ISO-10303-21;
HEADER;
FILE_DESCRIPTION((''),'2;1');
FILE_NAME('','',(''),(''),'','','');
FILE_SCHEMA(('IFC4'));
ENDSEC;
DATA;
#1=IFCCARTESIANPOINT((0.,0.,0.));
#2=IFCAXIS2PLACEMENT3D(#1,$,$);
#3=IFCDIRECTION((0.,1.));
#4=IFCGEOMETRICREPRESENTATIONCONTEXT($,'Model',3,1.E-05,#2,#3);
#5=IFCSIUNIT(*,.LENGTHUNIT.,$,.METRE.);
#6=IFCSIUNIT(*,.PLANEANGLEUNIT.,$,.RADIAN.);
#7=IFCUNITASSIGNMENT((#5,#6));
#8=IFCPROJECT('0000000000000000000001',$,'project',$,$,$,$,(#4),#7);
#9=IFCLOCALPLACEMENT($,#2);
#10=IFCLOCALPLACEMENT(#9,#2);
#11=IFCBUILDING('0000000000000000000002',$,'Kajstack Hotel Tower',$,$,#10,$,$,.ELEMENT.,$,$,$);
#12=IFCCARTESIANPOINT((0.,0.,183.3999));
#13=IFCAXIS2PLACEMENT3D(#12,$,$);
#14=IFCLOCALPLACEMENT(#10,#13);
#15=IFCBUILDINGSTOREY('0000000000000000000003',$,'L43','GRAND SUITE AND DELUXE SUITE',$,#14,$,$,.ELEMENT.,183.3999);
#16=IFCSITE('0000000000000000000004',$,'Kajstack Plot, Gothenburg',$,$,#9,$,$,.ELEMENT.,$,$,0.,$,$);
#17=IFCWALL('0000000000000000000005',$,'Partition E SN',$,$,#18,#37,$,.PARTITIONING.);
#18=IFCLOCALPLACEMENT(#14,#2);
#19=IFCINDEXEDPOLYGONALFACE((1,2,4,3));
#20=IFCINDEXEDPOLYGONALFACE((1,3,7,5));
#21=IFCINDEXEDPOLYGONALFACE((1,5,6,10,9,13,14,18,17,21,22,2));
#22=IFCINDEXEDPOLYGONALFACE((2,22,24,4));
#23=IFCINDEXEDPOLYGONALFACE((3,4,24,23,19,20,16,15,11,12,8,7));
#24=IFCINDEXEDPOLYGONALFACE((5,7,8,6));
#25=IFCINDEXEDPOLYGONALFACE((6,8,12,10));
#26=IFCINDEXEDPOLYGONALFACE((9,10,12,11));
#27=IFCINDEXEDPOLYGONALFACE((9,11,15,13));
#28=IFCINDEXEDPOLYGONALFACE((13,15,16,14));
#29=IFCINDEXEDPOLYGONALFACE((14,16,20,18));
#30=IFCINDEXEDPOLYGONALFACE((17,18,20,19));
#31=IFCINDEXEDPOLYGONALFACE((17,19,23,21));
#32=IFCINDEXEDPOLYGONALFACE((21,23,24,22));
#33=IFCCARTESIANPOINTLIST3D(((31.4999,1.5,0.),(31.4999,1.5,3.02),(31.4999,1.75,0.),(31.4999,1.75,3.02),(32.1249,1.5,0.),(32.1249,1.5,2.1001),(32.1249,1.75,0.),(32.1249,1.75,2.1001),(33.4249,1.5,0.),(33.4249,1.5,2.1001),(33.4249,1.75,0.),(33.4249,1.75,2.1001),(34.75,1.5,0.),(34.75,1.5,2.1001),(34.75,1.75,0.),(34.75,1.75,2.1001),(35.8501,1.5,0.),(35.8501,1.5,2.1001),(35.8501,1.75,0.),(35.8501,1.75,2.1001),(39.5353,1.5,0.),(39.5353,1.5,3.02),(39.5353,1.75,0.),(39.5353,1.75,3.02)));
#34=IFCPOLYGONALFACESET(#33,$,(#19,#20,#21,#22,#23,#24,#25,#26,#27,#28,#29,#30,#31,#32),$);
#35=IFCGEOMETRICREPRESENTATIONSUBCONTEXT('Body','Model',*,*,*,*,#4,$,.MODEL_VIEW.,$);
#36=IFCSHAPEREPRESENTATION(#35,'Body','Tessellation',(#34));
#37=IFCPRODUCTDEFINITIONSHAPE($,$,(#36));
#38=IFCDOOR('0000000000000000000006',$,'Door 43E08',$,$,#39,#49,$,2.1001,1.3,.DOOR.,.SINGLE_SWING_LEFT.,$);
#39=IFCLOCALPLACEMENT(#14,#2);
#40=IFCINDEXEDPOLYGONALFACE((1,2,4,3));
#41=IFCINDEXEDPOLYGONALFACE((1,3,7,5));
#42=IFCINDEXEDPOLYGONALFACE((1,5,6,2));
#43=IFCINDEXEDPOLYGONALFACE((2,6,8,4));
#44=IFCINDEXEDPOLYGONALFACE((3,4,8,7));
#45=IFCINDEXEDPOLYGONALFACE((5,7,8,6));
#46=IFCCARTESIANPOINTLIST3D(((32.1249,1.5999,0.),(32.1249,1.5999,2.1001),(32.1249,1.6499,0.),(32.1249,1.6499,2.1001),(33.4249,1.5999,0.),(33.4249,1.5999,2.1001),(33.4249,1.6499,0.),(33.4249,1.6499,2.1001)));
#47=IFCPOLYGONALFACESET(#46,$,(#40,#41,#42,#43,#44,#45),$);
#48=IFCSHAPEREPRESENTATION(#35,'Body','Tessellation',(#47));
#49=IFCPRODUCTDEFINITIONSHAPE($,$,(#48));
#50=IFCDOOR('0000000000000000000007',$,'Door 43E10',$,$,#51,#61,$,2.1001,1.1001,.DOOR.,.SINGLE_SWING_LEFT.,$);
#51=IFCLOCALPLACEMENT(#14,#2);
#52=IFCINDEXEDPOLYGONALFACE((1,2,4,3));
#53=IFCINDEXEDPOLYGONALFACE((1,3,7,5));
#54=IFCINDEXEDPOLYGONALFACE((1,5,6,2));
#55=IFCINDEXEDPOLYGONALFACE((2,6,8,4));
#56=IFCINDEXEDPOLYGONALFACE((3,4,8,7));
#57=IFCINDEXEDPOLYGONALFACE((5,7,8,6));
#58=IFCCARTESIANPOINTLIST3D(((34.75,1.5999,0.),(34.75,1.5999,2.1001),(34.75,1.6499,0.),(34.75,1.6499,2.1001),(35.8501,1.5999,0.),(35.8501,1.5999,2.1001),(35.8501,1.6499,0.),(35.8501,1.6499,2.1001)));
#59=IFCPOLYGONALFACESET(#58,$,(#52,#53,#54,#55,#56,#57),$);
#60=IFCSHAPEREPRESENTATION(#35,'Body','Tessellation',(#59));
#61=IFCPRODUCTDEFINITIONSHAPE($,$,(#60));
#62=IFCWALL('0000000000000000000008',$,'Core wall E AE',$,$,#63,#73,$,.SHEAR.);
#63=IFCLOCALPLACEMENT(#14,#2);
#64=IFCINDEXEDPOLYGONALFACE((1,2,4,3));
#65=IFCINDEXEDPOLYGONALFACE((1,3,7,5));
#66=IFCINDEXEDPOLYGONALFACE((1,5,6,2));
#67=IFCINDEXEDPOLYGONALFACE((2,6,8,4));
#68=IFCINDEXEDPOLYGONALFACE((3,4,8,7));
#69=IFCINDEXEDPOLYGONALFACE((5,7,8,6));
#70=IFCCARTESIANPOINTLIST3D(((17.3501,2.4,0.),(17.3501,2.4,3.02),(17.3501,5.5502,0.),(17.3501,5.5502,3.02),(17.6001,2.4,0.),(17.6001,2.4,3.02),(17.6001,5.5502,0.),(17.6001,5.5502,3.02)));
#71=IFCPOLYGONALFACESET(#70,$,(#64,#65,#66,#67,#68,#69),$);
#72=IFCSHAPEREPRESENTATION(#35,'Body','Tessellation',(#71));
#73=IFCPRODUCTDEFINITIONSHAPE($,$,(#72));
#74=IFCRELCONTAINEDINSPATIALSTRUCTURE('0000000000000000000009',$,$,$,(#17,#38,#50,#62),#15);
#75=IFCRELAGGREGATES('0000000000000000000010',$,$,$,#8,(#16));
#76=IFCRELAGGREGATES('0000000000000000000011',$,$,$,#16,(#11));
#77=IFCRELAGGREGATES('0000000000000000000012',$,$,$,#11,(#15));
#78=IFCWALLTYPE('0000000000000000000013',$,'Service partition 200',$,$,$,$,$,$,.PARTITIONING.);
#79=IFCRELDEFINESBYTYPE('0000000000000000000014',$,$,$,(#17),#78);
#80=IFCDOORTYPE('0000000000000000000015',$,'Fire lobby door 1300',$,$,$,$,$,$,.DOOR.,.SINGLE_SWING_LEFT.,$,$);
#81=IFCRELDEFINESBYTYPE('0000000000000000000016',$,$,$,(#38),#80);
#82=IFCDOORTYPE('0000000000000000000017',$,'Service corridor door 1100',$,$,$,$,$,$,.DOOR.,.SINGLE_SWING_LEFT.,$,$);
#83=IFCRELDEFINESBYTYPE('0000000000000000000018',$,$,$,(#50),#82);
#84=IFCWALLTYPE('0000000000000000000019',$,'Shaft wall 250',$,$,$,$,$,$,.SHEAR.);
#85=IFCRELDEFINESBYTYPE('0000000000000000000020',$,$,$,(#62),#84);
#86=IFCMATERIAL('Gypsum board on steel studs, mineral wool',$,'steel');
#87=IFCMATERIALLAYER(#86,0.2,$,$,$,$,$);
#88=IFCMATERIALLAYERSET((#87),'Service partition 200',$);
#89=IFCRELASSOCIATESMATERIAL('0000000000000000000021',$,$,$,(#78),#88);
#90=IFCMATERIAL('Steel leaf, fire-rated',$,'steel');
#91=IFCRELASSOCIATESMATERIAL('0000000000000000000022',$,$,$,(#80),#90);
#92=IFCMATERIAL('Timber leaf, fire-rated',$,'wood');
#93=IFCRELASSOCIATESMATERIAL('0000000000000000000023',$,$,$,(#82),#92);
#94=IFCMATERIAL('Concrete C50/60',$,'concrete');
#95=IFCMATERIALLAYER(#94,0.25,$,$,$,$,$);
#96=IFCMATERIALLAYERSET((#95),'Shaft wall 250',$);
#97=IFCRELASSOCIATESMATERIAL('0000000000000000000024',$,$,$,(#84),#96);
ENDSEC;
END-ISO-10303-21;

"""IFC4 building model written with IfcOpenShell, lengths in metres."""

from ifc_helpers import new_model, si_unit, direction, frame, frame_2d, origin, place, context, subcontext, project, spatial, rectangle, extrude, material, layer, layer_set, type_object, element, fill, save


model = new_model("IFC4")

# Units and contexts
model_context = context("Model", 3, precision=1e-05, world=origin(), true_north=direction((0.0, 1.0)))
body_context = subcontext(model_context, "Body", "Model", "MODEL_VIEW")
ifc_project = project(units=[si_unit("LENGTHUNIT", "METRE"), si_unit("PLANEANGLEUNIT", "RADIAN")], contexts=[model_context])

# Site, building, storey
site_placement = place(None, origin())
site = spatial("IfcSite", under=ifc_project, at=site_placement, Name="Kajstack Plot, Gothenburg", CompositionType="ELEMENT", RefElevation=0.0)
building_placement = place(site_placement, origin())
building = spatial("IfcBuilding", under=site, at=building_placement, Name="Kajstack Hotel Tower", CompositionType="ELEMENT")
storey_placement = place(building_placement, frame((0.0, 0.0, 183.3999)))
storey = spatial("IfcBuildingStorey", under=building, at=storey_placement, Name="L43", Description="GRAND SUITE AND DELUXE SUITE", CompositionType="ELEMENT", Elevation=183.3999)

# Shared definitions
ifc_material_1 = material(Name="Concrete C50/60", Category="concrete")

# Wall, openings, doors
ifc_material_2 = material(Name="Gypsum board on steel studs, mineral wool", Category="steel")
ifc_layer_1 = layer(ifc_material_2, 0.2)
ifc_layer_set_1 = layer_set([ifc_layer_1], Name="Service partition 200")
wall_type_1 = type_object("IfcWallType", Name="Service partition 200", PredefinedType="PARTITIONING", material=ifc_layer_set_1)
wall_1_placement = place(storey_placement, frame((31.5, 1.625, 0.0), z_axis=(0.0, 0.0, 1.0), x_axis=(1.0, 0.0, 0.0)))
wall_1 = element("IfcWall", 1, at=wall_1_placement, inside=storey, type_object=wall_type_1, Name="Partition E SN", PredefinedType="PARTITIONING", context=body_context, shape_type="SweptSolid", body=[
    extrude(rectangle(XDim=8.0354, YDim=0.25, at=frame_2d((4.0176, 0.0))), origin(), (0.0, 0.0, 1.0), 3.02),
])
opening_1_placement = place(wall_1_placement, frame((0.625, 0.0, 0.0)))
opening_1 = element("IfcOpeningElement", 2, at=opening_1_placement, cuts=wall_1, PredefinedType="OPENING", context=body_context, shape_type="SweptSolid", body=[
    extrude(rectangle(XDim=1.3, YDim=2.1001, at=frame_2d((0.6499, 1.05))), frame((0.0, 0.135, 0.0), z_axis=(0.0, -1.0, 0.0), x_axis=(1.0, 0.0, 0.0)), (0.0, 0.0, 1.0), 0.27),
])
opening_2_placement = place(wall_1_placement, frame((3.25, 0.0, 0.0)))
opening_2 = element("IfcOpeningElement", 3, at=opening_2_placement, cuts=wall_1, PredefinedType="OPENING", context=body_context, shape_type="SweptSolid", body=[
    extrude(rectangle(XDim=1.1001, YDim=2.1001, at=frame_2d((0.55, 1.05))), frame((0.0, 0.135, 0.0), z_axis=(0.0, -1.0, 0.0), x_axis=(1.0, 0.0, 0.0)), (0.0, 0.0, 1.0), 0.27),
])
ifc_material_3 = material(Name="Steel leaf, fire-rated", Category="steel")
door_type_1 = type_object("IfcDoorType", Name="Fire lobby door 1300", OperationType="SINGLE_SWING_LEFT", PredefinedType="DOOR", material=ifc_material_3)
door_1_placement = place(opening_1_placement, origin())
door_1 = element("IfcDoor", 4, at=door_1_placement, inside=storey, type_object=door_type_1, Name="Door 43E08", OperationType="SINGLE_SWING_LEFT", OverallHeight=2.1001, OverallWidth=1.3, PredefinedType="DOOR", context=body_context, shape_type="SweptSolid", body=[
    extrude(rectangle(XDim=1.3, YDim=2.1001, at=frame_2d((0.6499, 1.05))), frame((0.0, 0.0249, 0.0), z_axis=(0.0, -1.0, 0.0), x_axis=(1.0, 0.0, 0.0)), (0.0, 0.0, 1.0), 0.05),
])
fill(opening_1, door_1)
ifc_material_4 = material(Name="Timber leaf, fire-rated", Category="wood")
door_type_2 = type_object("IfcDoorType", Name="Service corridor door 1100", OperationType="SINGLE_SWING_LEFT", PredefinedType="DOOR", material=ifc_material_4)
door_2_placement = place(opening_2_placement, origin())
door_2 = element("IfcDoor", 5, at=door_2_placement, inside=storey, type_object=door_type_2, Name="Door 43E10", OperationType="SINGLE_SWING_LEFT", OverallHeight=2.1001, OverallWidth=1.1001, PredefinedType="DOOR", context=body_context, shape_type="SweptSolid", body=[
    extrude(rectangle(XDim=1.1001, YDim=2.1001, at=frame_2d((0.55, 1.05))), frame((0.0, 0.0249, 0.0), z_axis=(0.0, -1.0, 0.0), x_axis=(1.0, 0.0, 0.0)), (0.0, 0.0, 1.0), 0.05),
])
fill(opening_2, door_2)

# Wall
ifc_layer_2 = layer(ifc_material_1, 0.25)
ifc_layer_set_2 = layer_set([ifc_layer_2], Name="Shaft wall 250")
wall_type_2 = type_object("IfcWallType", Name="Shaft wall 250", PredefinedType="SHEAR", material=ifc_layer_set_2)
wall_2_placement = place(storey_placement, frame((17.4751, 2.3999, 0.0), z_axis=(0.0, 0.0, 1.0), x_axis=(0.0, 1.0, 0.0)))
element("IfcWall", 6, at=wall_2_placement, inside=storey, type_object=wall_type_2, Name="Core wall E AE", PredefinedType="SHEAR", context=body_context, shape_type="SweptSolid", body=[
    extrude(rectangle(XDim=3.1501, YDim=0.25, at=frame_2d((1.5752, 0.0))), origin(), (0.0, 0.0, 1.0), 3.02),
])

save(model, "model.ifc")
